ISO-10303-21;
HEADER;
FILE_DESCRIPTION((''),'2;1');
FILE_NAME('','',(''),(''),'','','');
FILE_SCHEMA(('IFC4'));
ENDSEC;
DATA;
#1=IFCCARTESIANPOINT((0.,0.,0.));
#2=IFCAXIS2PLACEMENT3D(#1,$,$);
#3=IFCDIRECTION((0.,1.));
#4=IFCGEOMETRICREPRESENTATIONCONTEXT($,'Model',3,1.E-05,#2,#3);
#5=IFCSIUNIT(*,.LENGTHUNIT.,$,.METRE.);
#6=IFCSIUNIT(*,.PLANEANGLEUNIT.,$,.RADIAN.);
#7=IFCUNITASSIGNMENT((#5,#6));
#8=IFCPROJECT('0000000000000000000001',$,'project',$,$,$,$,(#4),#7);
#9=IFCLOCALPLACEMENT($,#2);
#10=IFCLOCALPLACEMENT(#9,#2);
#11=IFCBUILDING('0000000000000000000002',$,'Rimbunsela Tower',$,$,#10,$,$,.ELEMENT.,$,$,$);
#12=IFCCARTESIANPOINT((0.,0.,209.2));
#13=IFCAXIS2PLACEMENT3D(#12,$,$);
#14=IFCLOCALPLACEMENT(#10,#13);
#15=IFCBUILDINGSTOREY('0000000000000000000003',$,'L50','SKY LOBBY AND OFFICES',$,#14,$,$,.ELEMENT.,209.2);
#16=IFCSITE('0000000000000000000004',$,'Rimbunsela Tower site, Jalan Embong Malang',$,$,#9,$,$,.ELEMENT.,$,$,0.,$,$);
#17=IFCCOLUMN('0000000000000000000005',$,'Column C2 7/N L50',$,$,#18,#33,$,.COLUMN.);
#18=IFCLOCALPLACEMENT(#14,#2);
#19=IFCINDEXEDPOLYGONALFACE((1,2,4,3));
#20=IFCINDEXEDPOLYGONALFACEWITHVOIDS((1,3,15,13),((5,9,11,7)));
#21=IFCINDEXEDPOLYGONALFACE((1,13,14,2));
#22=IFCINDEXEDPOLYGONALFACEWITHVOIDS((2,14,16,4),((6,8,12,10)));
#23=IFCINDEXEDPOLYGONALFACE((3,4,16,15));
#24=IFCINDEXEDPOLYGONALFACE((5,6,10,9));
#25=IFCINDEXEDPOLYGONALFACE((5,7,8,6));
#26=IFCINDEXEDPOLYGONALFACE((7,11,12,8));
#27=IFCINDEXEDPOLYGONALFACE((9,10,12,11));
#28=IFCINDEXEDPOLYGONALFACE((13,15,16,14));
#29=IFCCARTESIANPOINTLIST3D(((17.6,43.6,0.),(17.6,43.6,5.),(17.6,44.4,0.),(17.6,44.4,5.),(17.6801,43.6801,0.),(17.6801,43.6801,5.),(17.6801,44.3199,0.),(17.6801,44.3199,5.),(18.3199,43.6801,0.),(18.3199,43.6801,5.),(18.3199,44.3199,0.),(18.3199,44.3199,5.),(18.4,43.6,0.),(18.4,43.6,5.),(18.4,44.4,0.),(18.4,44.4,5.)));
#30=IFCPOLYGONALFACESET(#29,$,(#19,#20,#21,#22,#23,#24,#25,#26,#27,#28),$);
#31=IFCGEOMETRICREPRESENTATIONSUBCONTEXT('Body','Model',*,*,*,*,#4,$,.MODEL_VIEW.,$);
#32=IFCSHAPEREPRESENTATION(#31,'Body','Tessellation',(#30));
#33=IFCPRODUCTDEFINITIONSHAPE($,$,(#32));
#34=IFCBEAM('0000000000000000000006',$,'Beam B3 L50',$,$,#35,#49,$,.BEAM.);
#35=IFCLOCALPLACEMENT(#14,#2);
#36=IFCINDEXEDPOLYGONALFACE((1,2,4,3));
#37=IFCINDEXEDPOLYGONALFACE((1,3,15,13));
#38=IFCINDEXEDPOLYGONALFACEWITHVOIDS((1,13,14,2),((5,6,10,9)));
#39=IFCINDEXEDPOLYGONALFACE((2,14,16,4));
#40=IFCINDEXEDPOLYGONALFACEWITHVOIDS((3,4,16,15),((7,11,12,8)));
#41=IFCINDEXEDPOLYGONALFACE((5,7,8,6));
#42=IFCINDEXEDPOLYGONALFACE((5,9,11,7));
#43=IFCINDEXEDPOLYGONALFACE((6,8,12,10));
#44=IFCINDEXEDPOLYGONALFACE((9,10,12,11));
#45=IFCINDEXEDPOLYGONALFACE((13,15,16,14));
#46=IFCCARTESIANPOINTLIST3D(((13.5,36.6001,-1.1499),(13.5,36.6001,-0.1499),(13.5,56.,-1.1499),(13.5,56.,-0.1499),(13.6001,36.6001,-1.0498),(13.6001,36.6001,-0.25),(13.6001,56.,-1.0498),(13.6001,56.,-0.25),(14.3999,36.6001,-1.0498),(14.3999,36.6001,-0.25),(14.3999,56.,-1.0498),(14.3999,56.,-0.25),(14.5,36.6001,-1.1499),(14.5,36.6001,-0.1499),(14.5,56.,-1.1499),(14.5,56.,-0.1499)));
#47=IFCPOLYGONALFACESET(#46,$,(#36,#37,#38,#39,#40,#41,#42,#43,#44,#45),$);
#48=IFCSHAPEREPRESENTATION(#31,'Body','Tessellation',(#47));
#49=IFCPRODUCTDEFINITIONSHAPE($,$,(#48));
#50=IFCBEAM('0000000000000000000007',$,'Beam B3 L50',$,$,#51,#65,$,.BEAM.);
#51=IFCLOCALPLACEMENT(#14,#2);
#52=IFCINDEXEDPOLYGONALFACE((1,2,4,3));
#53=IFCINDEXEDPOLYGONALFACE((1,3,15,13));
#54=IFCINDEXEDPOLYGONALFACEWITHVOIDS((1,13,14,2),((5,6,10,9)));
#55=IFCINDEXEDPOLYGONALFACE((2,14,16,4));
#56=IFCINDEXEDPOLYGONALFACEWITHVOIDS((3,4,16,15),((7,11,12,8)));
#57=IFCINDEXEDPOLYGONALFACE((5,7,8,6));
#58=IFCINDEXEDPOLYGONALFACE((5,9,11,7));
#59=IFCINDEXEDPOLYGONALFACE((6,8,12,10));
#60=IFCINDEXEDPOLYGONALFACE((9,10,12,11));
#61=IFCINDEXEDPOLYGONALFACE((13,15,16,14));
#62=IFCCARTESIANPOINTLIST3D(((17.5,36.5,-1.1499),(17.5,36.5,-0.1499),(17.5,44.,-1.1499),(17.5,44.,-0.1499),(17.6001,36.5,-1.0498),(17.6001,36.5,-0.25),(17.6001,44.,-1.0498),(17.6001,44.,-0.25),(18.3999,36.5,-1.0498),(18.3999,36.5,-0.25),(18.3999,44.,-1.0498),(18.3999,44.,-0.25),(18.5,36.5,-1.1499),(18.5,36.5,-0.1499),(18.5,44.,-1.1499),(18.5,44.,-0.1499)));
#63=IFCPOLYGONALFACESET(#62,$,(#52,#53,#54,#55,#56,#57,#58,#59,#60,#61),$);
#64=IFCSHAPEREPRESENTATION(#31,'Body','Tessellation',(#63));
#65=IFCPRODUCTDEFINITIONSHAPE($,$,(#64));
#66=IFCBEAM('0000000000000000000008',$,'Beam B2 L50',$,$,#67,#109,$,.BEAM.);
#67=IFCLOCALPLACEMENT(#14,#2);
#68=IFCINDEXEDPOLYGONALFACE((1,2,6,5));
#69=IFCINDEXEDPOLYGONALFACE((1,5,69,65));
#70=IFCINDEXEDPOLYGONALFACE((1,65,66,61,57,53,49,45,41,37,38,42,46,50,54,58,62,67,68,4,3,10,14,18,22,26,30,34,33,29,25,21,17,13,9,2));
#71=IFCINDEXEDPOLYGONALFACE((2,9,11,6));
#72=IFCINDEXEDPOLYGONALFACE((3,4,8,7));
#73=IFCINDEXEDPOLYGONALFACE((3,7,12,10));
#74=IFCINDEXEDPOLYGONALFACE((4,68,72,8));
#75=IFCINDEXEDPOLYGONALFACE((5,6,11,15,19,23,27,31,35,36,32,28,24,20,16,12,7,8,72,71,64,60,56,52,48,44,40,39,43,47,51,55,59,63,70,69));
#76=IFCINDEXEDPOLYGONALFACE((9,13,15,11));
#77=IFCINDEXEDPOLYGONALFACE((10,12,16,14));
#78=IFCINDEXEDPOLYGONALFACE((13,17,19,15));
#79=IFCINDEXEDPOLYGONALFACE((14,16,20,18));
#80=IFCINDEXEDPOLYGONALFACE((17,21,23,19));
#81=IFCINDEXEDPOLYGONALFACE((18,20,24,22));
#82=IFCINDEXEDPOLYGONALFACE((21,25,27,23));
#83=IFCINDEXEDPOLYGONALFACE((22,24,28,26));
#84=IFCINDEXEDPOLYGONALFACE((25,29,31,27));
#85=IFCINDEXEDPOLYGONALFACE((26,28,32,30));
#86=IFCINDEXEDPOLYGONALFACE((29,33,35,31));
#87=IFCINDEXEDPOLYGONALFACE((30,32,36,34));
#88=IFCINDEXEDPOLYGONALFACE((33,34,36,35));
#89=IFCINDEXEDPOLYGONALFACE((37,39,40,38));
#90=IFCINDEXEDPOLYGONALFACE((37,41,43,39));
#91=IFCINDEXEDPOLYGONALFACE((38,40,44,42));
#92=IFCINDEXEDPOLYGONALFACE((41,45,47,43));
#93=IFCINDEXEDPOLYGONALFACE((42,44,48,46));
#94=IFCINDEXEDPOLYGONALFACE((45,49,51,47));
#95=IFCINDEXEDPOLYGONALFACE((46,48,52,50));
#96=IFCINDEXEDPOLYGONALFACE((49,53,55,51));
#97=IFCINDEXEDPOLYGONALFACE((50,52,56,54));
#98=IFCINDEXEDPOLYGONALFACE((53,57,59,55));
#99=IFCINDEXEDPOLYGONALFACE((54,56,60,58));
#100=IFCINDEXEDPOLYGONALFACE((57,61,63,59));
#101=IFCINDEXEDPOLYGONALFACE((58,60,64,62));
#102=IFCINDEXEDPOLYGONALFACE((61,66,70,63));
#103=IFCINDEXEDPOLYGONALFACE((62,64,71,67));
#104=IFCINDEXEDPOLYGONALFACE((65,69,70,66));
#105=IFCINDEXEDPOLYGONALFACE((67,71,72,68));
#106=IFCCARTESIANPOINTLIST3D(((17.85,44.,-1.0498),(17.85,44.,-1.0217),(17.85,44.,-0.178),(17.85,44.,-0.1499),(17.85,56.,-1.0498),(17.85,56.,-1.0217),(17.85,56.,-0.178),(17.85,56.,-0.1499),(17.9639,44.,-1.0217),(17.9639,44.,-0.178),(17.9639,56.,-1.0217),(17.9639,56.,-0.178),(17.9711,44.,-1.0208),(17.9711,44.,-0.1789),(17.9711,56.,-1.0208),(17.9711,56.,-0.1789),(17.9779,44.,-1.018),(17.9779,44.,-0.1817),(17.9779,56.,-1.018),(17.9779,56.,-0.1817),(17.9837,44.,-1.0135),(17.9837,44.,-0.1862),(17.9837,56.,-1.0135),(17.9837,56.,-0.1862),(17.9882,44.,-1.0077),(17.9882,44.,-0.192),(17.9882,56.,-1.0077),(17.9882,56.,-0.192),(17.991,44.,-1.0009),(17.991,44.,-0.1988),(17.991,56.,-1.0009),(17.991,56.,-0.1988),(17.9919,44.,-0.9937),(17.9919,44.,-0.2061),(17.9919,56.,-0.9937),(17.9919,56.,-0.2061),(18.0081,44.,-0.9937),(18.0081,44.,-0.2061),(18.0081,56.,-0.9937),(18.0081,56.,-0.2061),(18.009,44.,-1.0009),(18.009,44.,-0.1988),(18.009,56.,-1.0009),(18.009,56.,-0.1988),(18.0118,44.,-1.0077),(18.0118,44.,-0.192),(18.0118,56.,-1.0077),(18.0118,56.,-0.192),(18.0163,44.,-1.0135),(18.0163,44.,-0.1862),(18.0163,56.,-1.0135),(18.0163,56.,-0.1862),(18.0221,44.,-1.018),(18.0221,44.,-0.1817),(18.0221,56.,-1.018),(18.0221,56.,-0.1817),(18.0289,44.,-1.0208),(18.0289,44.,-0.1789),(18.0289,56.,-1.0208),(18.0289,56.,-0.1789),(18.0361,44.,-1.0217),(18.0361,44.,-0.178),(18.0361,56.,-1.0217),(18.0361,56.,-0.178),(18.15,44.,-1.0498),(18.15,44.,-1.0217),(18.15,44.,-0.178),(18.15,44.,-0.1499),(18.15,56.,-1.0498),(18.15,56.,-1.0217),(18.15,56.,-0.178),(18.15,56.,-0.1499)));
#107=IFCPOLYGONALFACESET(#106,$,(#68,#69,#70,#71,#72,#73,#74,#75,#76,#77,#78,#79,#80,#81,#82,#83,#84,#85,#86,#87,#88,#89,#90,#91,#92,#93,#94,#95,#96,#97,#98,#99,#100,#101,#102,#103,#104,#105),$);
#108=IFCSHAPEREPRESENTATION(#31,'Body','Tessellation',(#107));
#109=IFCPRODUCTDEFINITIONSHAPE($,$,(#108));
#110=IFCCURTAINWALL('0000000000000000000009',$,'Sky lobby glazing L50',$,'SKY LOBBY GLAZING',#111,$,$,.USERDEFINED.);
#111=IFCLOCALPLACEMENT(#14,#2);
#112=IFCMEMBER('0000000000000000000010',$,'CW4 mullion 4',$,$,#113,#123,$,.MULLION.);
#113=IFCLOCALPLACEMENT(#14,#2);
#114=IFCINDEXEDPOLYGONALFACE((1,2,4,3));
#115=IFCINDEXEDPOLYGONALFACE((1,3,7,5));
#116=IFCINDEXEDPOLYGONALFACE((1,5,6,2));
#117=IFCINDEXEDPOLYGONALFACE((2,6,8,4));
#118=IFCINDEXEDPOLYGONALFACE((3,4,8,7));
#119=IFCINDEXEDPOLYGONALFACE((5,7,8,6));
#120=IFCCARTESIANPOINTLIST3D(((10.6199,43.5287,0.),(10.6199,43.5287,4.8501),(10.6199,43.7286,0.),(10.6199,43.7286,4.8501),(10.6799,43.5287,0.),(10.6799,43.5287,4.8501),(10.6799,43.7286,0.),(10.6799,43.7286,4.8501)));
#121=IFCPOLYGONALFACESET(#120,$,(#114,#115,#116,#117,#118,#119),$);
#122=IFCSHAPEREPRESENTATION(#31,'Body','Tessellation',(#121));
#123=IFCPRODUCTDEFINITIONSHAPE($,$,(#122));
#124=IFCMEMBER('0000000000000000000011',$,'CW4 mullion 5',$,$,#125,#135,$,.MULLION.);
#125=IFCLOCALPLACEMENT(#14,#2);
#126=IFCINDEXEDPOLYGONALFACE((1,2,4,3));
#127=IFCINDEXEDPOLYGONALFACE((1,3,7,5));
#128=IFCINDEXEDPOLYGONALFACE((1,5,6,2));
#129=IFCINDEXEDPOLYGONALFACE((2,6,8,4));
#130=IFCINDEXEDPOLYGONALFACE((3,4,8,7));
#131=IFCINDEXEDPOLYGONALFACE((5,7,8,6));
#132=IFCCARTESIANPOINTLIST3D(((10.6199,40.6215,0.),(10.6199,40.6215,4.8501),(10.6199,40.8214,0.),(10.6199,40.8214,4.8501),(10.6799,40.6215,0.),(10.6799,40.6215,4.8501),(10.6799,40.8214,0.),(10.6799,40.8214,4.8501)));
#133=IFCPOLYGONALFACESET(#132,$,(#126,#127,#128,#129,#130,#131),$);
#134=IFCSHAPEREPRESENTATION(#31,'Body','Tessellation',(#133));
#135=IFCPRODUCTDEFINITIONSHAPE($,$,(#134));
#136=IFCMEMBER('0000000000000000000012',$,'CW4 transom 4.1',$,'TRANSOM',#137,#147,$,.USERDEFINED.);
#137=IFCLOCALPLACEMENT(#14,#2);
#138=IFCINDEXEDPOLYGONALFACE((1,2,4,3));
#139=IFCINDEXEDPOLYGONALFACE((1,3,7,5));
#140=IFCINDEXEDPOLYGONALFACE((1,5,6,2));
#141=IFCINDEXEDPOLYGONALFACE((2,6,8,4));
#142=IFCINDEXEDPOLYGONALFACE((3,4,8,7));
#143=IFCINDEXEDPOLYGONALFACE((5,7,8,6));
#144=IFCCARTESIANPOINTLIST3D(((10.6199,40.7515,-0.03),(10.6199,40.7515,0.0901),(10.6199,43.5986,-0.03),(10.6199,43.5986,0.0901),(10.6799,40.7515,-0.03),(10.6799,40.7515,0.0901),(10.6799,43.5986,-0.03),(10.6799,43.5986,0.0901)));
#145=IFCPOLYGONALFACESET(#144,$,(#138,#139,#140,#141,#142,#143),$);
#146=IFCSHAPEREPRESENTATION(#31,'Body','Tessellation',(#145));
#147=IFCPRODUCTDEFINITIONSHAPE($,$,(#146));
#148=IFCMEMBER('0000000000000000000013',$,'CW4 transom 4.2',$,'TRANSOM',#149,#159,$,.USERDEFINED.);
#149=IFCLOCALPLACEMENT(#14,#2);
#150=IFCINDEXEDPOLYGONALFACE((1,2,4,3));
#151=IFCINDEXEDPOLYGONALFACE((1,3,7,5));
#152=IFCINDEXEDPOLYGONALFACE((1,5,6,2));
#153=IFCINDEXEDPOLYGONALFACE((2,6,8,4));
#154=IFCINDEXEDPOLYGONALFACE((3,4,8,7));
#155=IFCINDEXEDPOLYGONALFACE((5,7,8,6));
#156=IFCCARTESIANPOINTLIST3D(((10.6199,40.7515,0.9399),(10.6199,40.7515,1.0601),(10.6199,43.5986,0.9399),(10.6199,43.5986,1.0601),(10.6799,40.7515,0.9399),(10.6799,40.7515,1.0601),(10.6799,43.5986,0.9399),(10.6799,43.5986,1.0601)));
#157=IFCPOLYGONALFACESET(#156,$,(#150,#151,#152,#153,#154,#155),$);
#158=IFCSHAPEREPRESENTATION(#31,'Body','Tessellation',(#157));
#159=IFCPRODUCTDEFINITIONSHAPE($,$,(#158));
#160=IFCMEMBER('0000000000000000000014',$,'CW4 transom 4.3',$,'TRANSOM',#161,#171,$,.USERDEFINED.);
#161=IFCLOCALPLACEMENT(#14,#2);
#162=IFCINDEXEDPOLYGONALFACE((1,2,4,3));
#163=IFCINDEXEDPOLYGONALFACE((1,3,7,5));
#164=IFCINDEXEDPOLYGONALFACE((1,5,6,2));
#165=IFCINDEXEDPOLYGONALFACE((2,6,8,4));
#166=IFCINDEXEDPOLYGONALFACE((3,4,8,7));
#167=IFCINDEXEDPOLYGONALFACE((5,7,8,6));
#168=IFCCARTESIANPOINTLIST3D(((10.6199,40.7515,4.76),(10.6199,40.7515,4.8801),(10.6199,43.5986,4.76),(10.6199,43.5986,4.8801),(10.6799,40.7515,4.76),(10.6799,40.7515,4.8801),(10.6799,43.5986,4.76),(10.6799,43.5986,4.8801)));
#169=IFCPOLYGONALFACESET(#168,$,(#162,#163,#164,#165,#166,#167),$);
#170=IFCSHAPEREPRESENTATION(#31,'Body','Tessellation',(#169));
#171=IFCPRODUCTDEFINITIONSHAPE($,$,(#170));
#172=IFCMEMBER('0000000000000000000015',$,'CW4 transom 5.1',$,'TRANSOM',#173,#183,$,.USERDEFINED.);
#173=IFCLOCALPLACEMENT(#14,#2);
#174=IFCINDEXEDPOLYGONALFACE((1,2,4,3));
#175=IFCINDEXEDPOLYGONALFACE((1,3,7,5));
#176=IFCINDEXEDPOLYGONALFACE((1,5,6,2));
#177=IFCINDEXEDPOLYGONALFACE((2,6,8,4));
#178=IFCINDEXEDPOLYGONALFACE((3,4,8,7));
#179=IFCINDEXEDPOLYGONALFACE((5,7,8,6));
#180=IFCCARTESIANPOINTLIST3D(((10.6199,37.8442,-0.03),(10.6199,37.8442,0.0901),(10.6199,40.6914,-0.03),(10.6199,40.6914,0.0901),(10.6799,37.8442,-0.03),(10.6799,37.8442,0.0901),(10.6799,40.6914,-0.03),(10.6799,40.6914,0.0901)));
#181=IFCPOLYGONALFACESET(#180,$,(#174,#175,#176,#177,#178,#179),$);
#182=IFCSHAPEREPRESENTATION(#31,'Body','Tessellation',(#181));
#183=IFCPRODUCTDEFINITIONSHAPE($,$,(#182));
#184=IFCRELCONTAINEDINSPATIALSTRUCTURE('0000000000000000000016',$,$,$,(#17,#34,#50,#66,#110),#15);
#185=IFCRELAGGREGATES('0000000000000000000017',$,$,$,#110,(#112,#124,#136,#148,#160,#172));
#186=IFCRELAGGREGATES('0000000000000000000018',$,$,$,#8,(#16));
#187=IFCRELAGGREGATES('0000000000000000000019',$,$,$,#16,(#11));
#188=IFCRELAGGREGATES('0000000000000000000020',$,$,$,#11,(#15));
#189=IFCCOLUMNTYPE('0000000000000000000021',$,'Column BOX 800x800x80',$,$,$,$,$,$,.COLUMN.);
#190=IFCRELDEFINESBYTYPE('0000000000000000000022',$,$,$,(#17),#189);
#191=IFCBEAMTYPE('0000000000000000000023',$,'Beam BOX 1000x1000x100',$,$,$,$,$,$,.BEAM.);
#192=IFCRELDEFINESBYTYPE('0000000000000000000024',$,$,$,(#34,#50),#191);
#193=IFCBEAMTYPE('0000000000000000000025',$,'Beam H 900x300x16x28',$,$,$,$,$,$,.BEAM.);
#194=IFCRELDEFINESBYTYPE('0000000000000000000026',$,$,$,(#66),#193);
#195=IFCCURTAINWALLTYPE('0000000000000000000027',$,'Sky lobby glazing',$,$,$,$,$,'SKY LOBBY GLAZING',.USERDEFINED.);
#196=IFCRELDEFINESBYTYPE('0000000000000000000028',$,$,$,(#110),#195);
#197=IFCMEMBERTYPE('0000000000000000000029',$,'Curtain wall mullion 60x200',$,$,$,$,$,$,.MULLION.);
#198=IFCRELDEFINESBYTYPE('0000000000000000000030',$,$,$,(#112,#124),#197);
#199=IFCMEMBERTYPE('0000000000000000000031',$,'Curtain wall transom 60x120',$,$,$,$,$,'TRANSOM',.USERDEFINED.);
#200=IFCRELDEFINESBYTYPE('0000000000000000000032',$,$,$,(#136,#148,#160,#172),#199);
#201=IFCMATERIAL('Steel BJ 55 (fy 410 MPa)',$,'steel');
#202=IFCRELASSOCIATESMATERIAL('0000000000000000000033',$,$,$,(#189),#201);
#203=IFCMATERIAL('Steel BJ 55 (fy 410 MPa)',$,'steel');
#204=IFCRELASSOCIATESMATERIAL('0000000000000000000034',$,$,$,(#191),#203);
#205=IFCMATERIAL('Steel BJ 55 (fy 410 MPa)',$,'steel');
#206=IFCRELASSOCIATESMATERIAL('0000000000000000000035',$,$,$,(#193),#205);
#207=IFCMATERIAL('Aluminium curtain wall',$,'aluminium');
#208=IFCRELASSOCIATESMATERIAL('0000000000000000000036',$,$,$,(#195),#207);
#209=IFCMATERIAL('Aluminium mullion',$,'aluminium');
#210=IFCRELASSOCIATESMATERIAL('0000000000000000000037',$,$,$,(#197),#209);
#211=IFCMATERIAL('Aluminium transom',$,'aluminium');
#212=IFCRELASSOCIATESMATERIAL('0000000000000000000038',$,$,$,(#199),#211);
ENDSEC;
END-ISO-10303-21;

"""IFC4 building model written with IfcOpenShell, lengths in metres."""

from ifc_helpers import new_model, si_unit, direction, frame, origin, origin_2d, place, context, subcontext, project, spatial, rectangle, hollow_rectangle, i_section, extrude, material, material_profile, profile_set, type_object, element, aggregate, save


model = new_model("IFC4")

# Units and contexts
model_context = context("Model", 3, precision=1e-05, world=origin(), true_north=direction((0.0, 1.0)))
body_context = subcontext(model_context, "Body", "Model", "MODEL_VIEW")
ifc_project = project(units=[si_unit("LENGTHUNIT", "METRE"), si_unit("PLANEANGLEUNIT", "RADIAN")], contexts=[model_context])

# Site, building, storey
site_placement = place(None, origin())
site = spatial("IfcSite", under=ifc_project, at=site_placement, Name="Rimbunsela Tower site, Jalan Embong Malang", CompositionType="ELEMENT", RefElevation=0.0)
building_placement = place(site_placement, origin())
building = spatial("IfcBuilding", under=site, at=building_placement, Name="Rimbunsela Tower", CompositionType="ELEMENT")
storey_placement = place(building_placement, frame((0.0, 0.0, 209.2)))
storey = spatial("IfcBuildingStorey", under=building, at=storey_placement, Name="L50", Description="SKY LOBBY AND OFFICES", CompositionType="ELEMENT", Elevation=209.2)

# Column
ifc_material_1 = material(Name="Steel BJ 55 (fy 410 MPa)", Category="steel")
ifc_material_profile_1 = material_profile(ifc_material_1, hollow_rectangle(XDim=0.8, YDim=0.8, WallThickness=0.0801, at=origin_2d()), Name="BOX 800x800x80")
ifc_profile_set_1 = profile_set([ifc_material_profile_1], Name="Steel BJ 55 (fy 410 MPa)")
column_type = type_object("IfcColumnType", Name="Column BOX 800x800x80", PredefinedType="COLUMN", material=ifc_profile_set_1)
column_placement = place(storey_placement, frame((18.0, 44.0, 0.0), z_axis=(0.0, 0.0, 1.0), x_axis=(1.0, 0.0, 0.0)))
element("IfcColumn", 1, at=column_placement, inside=storey, type_object=column_type, Name="Column C2 7/N L50", PredefinedType="COLUMN", context=body_context, shape_type="SweptSolid", body=[
    extrude(hollow_rectangle(XDim=0.8, YDim=0.8, WallThickness=0.0801, at=origin_2d()), origin(), (0.0, 0.0, 1.0), 5.0),
])

# Beams
ifc_material_2 = material(Name="Steel BJ 55 (fy 410 MPa)", Category="steel")
ifc_material_profile_2 = material_profile(ifc_material_2, hollow_rectangle(XDim=1.0, YDim=1.0, WallThickness=0.1001, at=origin_2d()), Name="BOX 1000x1000x100")
ifc_profile_set_2 = profile_set([ifc_material_profile_2], Name="Steel BJ 55 (fy 410 MPa)")
beam_type_1 = type_object("IfcBeamType", Name="Beam BOX 1000x1000x100", PredefinedType="BEAM", material=ifc_profile_set_2)
beam_1_placement = place(storey_placement, frame((14.0, 36.6001, -0.6499), z_axis=(0.0, 1.0, 0.0), x_axis=(-1.0, 0.0, 0.0)))
element("IfcBeam", 2, at=beam_1_placement, inside=storey, type_object=beam_type_1, Name="Beam B3 L50", PredefinedType="BEAM", context=body_context, shape_type="SweptSolid", body=[
    extrude(hollow_rectangle(XDim=1.0, YDim=1.0, WallThickness=0.1001, at=origin_2d()), origin(), (0.0, 0.0, 1.0), 19.3999),
])
beam_2_placement = place(storey_placement, frame((18.0, 36.5, -0.6499), z_axis=(0.0, 1.0, 0.0), x_axis=(-1.0, 0.0, 0.0)))
element("IfcBeam", 3, at=beam_2_placement, inside=storey, type_object=beam_type_1, Name="Beam B3 L50", PredefinedType="BEAM", context=body_context, shape_type="SweptSolid", body=[
    extrude(hollow_rectangle(XDim=1.0, YDim=1.0, WallThickness=0.1001, at=origin_2d()), origin(), (0.0, 0.0, 1.0), 7.5),
])
ifc_material_3 = material(Name="Steel BJ 55 (fy 410 MPa)", Category="steel")
ifc_material_profile_3 = material_profile(ifc_material_3, i_section(OverallWidth=0.3, OverallDepth=0.8999, WebThickness=0.0161, FlangeThickness=0.0281, FilletRadius=0.0281, at=origin_2d()), Name="H 900x300x16x28")
ifc_profile_set_3 = profile_set([ifc_material_profile_3], Name="Steel BJ 55 (fy 410 MPa)")
beam_type_2 = type_object("IfcBeamType", Name="Beam H 900x300x16x28", PredefinedType="BEAM", material=ifc_profile_set_3)
beam_3_placement = place(storey_placement, frame((18.0, 44.0, -0.5999), z_axis=(0.0, 1.0, 0.0), x_axis=(-1.0, 0.0, 0.0)))
element("IfcBeam", 4, at=beam_3_placement, inside=storey, type_object=beam_type_2, Name="Beam B2 L50", PredefinedType="BEAM", context=body_context, shape_type="SweptSolid", body=[
    extrude(i_section(OverallWidth=0.3, OverallDepth=0.8999, WebThickness=0.0161, FlangeThickness=0.0281, FilletRadius=0.0281, at=origin_2d()), origin(), (0.0, 0.0, 1.0), 12.0),
])

# Curtain wall, members
ifc_material_4 = material(Name="Aluminium curtain wall", Category="aluminium")
curtain_wall_type = type_object("IfcCurtainWallType", Name="Sky lobby glazing", ElementType="SKY LOBBY GLAZING", PredefinedType="USERDEFINED", material=ifc_material_4)
curtain_wall_placement = place(storey_placement, origin())
curtain_wall = element("IfcCurtainWall", 5, at=curtain_wall_placement, inside=storey, type_object=curtain_wall_type, Name="Sky lobby glazing L50", ObjectType="SKY LOBBY GLAZING", PredefinedType="USERDEFINED")
ifc_material_5 = material(Name="Aluminium mullion", Category="aluminium")
ifc_material_profile_4 = material_profile(ifc_material_5, rectangle(XDim=0.0601, YDim=0.2, at=origin_2d()), Name="Mullion 60x200")
ifc_profile_set_4 = profile_set([ifc_material_profile_4], Name="Aluminium mullion")
member_type_1 = type_object("IfcMemberType", Name="Curtain wall mullion 60x200", PredefinedType="MULLION", material=ifc_profile_set_4)
member_1_placement = place(storey_placement, frame((10.6499, 43.6287, 0.0), z_axis=(0.0, 0.0, 1.0), x_axis=(1.0, 0.0, 0.0)))
member_1 = element("IfcMember", 6, at=member_1_placement, type_object=member_type_1, Name="CW4 mullion 4", PredefinedType="MULLION", context=body_context, shape_type="SweptSolid", body=[
    extrude(rectangle(XDim=0.0601, YDim=0.2, at=origin_2d()), origin(), (0.0, 0.0, 1.0), 4.8501),
])
member_2_placement = place(storey_placement, frame((10.6499, 40.7214, 0.0), z_axis=(0.0, 0.0, 1.0), x_axis=(1.0, 0.0, 0.0)))
member_2 = element("IfcMember", 7, at=member_2_placement, type_object=member_type_1, Name="CW4 mullion 5", PredefinedType="MULLION", context=body_context, shape_type="SweptSolid", body=[
    extrude(rectangle(XDim=0.0601, YDim=0.2, at=origin_2d()), origin(), (0.0, 0.0, 1.0), 4.8501),
])
ifc_material_6 = material(Name="Aluminium transom", Category="aluminium")
ifc_material_profile_5 = material_profile(ifc_material_6, rectangle(XDim=0.0601, YDim=0.1201, at=origin_2d()), Name="Transom 60x120")
ifc_profile_set_5 = profile_set([ifc_material_profile_5], Name="Aluminium transom")
member_type_2 = type_object("IfcMemberType", Name="Curtain wall transom 60x120", ElementType="TRANSOM", PredefinedType="USERDEFINED", material=ifc_profile_set_5)
member_3_placement = place(storey_placement, frame((10.6499, 43.5986, 0.03), z_axis=(0.0, -1.0, 0.0), x_axis=(1.0, 0.0, 0.0)))
member_3 = element("IfcMember", 8, at=member_3_placement, type_object=member_type_2, Name="CW4 transom 4.1", ObjectType="TRANSOM", PredefinedType="USERDEFINED", context=body_context, shape_type="SweptSolid", body=[
    extrude(rectangle(XDim=0.0601, YDim=0.1201, at=origin_2d()), origin(), (0.0, 0.0, 1.0), 2.8472),
])
member_4_placement = place(storey_placement, frame((10.6499, 43.5986, 1.0), z_axis=(0.0, -1.0, 0.0), x_axis=(1.0, 0.0, 0.0)))
member_4 = element("IfcMember", 9, at=member_4_placement, type_object=member_type_2, Name="CW4 transom 4.2", ObjectType="TRANSOM", PredefinedType="USERDEFINED", context=body_context, shape_type="SweptSolid", body=[
    extrude(rectangle(XDim=0.0601, YDim=0.1201, at=origin_2d()), origin(), (0.0, 0.0, 1.0), 2.8472),
])
member_5_placement = place(storey_placement, frame((10.6499, 43.5986, 4.8201), z_axis=(0.0, -1.0, 0.0), x_axis=(1.0, 0.0, 0.0)))
member_5 = element("IfcMember", 10, at=member_5_placement, type_object=member_type_2, Name="CW4 transom 4.3", ObjectType="TRANSOM", PredefinedType="USERDEFINED", context=body_context, shape_type="SweptSolid", body=[
    extrude(rectangle(XDim=0.0601, YDim=0.1201, at=origin_2d()), origin(), (0.0, 0.0, 1.0), 2.8472),
])
member_6_placement = place(storey_placement, frame((10.6499, 40.6914, 0.03), z_axis=(0.0, -1.0, 0.0), x_axis=(1.0, 0.0, 0.0)))
member_6 = element("IfcMember", 11, at=member_6_placement, type_object=member_type_2, Name="CW4 transom 5.1", ObjectType="TRANSOM", PredefinedType="USERDEFINED", context=body_context, shape_type="SweptSolid", body=[
    extrude(rectangle(XDim=0.0601, YDim=0.1201, at=origin_2d()), origin(), (0.0, 0.0, 1.0), 2.8472),
])
aggregate(curtain_wall, [member_1, member_2, member_3, member_4, member_5, member_6])

save(model, "model.ifc")
